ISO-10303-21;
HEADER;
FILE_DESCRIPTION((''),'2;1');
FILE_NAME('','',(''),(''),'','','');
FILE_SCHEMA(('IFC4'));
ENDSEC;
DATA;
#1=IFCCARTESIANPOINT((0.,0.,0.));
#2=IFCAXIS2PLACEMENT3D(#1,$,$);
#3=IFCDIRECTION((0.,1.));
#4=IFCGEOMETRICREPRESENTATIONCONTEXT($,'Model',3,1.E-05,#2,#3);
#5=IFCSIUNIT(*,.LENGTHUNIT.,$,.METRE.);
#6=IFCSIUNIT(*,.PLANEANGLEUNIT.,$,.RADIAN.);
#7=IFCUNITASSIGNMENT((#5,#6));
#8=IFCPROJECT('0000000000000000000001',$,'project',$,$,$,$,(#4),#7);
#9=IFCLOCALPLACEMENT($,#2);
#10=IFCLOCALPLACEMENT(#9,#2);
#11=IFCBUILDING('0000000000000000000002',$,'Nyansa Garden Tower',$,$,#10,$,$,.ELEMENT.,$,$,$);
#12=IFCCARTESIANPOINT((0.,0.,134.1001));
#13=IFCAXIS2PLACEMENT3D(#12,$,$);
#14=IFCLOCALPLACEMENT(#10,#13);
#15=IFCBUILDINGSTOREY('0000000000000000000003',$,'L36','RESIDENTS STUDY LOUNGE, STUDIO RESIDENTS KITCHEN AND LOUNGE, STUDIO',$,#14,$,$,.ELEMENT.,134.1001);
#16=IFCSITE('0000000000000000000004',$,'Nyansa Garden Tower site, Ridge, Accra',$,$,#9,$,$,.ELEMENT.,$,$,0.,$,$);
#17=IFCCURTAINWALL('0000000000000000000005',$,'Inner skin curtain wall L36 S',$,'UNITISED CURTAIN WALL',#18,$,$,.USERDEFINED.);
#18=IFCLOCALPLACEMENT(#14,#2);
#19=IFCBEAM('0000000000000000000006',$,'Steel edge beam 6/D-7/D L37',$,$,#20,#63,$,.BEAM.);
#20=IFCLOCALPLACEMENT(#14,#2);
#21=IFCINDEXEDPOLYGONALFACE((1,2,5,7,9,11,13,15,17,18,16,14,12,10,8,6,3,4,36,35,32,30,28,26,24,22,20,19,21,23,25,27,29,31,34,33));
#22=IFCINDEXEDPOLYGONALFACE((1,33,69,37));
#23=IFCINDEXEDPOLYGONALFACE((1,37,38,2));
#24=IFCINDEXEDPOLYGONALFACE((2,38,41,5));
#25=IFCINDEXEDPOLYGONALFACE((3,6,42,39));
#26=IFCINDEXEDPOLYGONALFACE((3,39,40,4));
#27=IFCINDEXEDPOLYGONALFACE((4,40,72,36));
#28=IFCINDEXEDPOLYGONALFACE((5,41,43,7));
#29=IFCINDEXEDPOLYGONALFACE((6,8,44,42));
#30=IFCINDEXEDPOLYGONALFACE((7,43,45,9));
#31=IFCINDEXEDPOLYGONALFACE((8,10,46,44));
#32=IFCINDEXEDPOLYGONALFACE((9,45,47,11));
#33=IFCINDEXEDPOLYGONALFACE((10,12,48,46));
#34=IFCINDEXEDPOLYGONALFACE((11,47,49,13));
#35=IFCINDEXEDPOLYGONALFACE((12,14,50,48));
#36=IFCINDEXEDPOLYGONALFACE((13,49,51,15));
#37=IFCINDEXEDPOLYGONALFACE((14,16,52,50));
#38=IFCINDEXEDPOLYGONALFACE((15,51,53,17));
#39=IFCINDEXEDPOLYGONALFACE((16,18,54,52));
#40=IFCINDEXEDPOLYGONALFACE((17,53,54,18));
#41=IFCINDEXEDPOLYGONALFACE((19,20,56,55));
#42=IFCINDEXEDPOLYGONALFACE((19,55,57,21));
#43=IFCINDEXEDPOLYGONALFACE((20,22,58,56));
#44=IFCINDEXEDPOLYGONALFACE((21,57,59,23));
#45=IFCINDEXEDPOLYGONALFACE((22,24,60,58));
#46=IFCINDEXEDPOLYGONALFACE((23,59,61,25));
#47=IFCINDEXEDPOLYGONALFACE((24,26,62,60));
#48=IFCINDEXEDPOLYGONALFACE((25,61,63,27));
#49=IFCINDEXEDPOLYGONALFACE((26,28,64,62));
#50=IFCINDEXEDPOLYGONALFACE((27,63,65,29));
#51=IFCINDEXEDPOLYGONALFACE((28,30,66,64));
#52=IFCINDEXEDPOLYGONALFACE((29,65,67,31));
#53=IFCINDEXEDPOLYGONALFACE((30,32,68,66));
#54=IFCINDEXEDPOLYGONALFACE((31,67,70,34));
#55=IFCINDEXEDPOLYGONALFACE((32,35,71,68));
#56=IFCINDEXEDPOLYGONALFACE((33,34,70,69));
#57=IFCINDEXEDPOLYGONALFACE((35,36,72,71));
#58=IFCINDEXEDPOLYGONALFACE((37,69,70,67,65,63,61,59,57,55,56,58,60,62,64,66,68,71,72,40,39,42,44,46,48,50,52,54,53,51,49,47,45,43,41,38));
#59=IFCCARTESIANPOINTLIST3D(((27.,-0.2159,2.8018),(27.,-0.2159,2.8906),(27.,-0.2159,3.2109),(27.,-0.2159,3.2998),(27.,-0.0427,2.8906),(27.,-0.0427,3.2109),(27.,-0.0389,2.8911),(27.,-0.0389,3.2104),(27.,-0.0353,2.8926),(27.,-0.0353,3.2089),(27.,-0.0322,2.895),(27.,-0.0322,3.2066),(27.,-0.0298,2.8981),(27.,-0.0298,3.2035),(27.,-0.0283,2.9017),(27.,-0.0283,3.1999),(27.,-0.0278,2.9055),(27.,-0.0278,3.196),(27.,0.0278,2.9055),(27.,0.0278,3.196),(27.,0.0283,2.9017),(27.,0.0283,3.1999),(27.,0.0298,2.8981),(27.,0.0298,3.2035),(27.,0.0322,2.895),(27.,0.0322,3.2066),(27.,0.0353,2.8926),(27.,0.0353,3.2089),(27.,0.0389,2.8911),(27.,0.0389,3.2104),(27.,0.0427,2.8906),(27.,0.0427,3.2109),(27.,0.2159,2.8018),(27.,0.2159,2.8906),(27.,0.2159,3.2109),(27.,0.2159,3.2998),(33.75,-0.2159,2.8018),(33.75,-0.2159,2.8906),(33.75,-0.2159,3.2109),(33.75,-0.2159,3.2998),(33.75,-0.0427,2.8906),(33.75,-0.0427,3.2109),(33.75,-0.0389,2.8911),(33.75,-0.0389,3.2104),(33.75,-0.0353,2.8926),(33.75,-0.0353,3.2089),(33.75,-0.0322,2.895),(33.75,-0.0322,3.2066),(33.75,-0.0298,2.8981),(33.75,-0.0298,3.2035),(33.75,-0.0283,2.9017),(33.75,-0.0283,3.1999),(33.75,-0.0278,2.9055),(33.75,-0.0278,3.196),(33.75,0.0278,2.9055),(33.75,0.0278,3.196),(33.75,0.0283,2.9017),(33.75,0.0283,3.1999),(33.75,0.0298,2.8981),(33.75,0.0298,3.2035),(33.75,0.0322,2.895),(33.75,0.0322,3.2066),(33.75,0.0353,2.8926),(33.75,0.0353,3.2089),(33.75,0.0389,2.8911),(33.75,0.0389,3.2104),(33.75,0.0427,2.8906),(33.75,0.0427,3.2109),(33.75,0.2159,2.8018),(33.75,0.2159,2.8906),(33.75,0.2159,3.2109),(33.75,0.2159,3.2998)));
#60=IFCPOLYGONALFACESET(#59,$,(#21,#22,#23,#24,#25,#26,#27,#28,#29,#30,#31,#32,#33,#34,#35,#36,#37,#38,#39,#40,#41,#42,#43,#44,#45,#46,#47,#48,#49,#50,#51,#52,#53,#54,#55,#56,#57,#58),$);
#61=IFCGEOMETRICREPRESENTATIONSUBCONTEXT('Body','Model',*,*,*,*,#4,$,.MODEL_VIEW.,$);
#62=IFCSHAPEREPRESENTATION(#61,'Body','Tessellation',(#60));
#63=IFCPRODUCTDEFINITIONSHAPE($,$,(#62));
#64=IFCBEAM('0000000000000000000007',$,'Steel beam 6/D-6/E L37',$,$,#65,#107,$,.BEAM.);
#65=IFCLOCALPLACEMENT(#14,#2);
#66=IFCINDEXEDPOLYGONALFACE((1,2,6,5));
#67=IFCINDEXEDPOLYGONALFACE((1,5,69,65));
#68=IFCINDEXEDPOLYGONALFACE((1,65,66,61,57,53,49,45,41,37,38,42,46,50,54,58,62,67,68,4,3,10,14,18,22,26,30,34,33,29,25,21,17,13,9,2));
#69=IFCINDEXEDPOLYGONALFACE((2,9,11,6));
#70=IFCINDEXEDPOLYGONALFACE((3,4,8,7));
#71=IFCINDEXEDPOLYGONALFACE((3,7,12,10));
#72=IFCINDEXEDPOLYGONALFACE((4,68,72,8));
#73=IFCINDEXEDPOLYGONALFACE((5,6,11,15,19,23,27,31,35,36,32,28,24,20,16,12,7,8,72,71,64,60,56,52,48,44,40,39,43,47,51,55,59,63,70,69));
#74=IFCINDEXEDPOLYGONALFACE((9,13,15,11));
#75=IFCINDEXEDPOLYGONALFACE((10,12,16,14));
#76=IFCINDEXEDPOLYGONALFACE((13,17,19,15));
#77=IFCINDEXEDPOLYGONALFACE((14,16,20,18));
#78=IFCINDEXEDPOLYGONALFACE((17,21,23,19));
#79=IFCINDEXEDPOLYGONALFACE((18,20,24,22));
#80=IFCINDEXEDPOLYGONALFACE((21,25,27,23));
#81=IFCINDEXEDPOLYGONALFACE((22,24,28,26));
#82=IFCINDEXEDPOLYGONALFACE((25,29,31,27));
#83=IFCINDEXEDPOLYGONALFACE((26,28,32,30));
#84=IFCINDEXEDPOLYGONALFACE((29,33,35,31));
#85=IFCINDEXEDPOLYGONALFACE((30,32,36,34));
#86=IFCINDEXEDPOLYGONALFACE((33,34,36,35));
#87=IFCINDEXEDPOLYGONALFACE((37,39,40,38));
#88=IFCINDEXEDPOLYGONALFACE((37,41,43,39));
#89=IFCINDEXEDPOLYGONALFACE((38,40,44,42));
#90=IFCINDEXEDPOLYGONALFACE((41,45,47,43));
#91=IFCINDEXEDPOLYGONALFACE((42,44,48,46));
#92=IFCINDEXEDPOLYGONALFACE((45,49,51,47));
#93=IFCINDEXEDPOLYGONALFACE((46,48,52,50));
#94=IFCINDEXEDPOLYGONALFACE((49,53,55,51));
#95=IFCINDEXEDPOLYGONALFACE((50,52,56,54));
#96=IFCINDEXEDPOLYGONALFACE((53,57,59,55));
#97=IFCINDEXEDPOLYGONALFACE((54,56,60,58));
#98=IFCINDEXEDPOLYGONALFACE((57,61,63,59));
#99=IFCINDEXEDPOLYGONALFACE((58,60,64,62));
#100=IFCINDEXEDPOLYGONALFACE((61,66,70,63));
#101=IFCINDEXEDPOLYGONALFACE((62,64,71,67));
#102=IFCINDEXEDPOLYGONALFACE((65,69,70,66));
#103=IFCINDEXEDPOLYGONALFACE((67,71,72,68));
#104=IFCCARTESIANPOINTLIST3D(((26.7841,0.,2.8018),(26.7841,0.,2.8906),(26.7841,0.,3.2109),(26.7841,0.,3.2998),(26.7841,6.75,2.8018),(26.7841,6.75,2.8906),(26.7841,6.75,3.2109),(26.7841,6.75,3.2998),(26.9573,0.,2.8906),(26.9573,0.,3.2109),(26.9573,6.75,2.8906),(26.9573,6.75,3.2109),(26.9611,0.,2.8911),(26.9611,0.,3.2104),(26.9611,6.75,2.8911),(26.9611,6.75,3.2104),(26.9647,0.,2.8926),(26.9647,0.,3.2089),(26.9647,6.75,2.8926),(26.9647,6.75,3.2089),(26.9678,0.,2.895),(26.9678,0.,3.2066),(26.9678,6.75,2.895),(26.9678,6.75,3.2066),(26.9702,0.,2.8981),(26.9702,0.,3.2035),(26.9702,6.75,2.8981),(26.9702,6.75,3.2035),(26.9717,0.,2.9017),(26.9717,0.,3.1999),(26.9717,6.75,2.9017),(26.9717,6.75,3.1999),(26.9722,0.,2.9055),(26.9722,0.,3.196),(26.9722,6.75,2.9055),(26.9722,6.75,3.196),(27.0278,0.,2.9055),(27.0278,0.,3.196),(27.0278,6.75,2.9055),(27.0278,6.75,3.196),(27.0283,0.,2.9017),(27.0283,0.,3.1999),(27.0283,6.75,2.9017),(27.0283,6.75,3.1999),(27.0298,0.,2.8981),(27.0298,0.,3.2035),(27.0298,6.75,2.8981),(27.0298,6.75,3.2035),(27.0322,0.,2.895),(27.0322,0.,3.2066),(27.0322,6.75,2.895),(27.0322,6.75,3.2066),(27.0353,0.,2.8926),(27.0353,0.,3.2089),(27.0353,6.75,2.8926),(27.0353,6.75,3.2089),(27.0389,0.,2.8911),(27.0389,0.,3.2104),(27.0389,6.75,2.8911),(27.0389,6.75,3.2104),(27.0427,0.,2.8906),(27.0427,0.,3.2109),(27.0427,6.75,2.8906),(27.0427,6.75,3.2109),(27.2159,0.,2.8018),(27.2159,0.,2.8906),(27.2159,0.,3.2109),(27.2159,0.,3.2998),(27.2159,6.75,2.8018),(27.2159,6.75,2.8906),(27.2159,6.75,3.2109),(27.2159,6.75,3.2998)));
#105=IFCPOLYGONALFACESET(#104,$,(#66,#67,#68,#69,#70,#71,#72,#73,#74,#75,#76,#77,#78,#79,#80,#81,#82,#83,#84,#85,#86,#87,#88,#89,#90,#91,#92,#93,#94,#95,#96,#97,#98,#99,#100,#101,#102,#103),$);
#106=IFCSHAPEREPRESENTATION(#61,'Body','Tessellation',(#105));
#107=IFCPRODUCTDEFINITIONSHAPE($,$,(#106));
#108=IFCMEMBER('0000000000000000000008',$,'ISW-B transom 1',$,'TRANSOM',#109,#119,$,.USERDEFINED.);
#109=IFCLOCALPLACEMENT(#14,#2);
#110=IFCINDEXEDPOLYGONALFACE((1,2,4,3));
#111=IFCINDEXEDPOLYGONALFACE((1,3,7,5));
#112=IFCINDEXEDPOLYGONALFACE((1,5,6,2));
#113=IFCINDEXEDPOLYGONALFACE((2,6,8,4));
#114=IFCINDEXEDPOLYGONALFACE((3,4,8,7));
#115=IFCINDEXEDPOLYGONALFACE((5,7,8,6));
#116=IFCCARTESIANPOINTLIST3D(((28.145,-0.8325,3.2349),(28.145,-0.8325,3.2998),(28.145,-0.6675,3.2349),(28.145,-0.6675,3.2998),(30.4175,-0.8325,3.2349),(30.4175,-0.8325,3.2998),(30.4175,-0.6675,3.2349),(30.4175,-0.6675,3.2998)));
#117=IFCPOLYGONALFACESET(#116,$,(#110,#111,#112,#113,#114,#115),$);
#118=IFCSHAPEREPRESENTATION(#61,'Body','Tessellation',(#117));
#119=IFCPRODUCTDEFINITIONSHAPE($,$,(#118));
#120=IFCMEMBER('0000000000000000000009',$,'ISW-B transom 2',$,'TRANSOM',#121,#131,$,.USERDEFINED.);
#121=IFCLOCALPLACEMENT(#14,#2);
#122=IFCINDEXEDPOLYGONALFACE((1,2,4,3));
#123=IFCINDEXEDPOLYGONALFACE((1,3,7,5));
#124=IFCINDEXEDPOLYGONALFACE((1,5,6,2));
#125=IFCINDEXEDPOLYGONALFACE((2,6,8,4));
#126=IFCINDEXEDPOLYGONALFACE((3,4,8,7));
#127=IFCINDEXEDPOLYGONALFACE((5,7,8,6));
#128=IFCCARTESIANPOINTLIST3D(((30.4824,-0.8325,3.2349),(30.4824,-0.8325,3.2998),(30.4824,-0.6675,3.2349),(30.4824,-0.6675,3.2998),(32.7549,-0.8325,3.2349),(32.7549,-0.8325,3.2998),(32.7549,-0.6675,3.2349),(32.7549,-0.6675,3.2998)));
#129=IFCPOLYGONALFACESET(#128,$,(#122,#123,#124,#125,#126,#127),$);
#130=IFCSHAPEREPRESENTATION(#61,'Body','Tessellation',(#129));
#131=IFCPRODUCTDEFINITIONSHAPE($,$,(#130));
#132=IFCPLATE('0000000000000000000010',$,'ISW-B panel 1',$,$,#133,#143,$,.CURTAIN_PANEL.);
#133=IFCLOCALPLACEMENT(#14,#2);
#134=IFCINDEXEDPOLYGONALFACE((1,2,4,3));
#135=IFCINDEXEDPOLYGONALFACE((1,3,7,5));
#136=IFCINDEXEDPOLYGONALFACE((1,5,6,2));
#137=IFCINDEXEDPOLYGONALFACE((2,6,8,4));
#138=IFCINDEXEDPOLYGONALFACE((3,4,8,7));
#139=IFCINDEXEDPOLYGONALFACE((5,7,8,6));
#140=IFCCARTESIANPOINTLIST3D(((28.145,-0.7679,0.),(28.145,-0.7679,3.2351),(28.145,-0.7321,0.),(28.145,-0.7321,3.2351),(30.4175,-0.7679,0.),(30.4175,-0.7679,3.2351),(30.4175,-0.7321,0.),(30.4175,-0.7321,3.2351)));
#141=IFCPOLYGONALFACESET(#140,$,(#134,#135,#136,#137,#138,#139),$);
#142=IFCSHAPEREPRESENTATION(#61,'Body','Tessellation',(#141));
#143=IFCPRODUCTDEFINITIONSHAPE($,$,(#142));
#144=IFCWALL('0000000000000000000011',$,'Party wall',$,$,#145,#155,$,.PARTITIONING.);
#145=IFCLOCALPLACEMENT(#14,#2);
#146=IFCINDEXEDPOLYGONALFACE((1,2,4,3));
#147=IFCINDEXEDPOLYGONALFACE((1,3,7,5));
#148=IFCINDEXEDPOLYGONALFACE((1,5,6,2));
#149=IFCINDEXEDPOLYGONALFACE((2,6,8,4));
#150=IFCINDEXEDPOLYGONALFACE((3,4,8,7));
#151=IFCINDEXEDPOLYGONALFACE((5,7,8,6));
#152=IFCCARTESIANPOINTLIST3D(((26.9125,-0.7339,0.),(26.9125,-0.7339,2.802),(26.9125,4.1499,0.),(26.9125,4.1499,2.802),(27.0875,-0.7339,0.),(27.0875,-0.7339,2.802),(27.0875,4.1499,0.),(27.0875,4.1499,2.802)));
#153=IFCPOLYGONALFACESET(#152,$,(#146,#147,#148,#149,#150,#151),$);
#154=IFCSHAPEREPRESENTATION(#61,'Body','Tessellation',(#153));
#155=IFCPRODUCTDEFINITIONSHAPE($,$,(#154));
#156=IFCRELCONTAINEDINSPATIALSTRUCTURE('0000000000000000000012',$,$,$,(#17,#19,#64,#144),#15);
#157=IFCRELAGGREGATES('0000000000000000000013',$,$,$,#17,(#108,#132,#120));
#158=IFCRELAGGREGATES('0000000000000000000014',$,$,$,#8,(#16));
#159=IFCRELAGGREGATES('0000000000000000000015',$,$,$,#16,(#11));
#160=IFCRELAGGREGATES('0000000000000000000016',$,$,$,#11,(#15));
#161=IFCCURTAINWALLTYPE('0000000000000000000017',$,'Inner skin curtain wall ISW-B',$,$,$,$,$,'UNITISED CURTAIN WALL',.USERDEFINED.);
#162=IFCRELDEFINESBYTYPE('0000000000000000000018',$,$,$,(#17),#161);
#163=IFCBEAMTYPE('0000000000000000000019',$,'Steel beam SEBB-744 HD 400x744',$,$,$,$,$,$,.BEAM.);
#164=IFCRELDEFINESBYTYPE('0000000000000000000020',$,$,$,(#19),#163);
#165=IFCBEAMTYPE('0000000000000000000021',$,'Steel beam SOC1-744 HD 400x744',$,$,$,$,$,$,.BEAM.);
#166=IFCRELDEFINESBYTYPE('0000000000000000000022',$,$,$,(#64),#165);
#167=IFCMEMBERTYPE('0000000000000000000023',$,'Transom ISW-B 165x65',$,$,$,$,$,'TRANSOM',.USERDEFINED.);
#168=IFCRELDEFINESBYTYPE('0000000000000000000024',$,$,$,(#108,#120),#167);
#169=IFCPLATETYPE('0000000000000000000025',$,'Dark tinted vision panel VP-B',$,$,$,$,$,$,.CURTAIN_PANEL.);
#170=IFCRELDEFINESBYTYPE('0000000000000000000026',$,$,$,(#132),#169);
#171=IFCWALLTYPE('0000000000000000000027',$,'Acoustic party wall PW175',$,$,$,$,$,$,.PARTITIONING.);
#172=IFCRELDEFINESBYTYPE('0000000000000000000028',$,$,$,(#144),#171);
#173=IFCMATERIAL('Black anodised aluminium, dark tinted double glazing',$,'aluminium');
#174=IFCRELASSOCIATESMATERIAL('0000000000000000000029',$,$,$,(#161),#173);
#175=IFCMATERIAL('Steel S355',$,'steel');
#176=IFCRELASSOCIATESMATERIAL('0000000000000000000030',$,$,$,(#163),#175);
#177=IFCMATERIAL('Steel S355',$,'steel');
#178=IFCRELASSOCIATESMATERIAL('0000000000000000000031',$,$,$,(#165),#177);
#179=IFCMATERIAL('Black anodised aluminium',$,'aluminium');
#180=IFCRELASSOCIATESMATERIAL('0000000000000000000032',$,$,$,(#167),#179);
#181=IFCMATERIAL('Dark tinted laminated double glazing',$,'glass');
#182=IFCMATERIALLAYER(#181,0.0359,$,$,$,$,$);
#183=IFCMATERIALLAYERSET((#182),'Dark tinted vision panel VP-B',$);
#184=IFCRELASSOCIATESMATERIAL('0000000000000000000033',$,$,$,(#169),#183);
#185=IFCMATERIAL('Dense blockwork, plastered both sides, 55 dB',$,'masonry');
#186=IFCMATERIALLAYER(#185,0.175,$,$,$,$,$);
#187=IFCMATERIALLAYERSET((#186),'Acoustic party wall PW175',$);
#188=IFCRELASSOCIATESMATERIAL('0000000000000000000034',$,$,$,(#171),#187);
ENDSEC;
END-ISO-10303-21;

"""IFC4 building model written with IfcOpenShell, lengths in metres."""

from ifc_helpers import new_model, si_unit, direction, frame, frame_2d, origin, origin_2d, place, context, subcontext, project, spatial, rectangle, i_section, extrude, material, layer, layer_set, material_profile, profile_set, type_object, element, aggregate, save


model = new_model("IFC4")

# Units and contexts
model_context = context("Model", 3, precision=1e-05, world=origin(), true_north=direction((0.0, 1.0)))
body_context = subcontext(model_context, "Body", "Model", "MODEL_VIEW")
ifc_project = project(units=[si_unit("LENGTHUNIT", "METRE"), si_unit("PLANEANGLEUNIT", "RADIAN")], contexts=[model_context])

# Site, building, storey
site_placement = place(None, origin())
site = spatial("IfcSite", under=ifc_project, at=site_placement, Name="Nyansa Garden Tower site, Ridge, Accra", CompositionType="ELEMENT", RefElevation=0.0)
building_placement = place(site_placement, origin())
building = spatial("IfcBuilding", under=site, at=building_placement, Name="Nyansa Garden Tower", CompositionType="ELEMENT")
storey_placement = place(building_placement, frame((0.0, 0.0, 134.1001)))
storey = spatial("IfcBuildingStorey", under=building, at=storey_placement, Name="L36", Description="RESIDENTS STUDY LOUNGE, STUDIO RESIDENTS KITCHEN AND LOUNGE, STUDIO", CompositionType="ELEMENT", Elevation=134.1001)

# Shared definitions
ifc_material_1 = material(Name="Black anodised aluminium, dark tinted double glazing", Category="aluminium")
curtain_wall_type = type_object("IfcCurtainWallType", Name="Inner skin curtain wall ISW-B", ElementType="UNITISED CURTAIN WALL", PredefinedType="USERDEFINED", material=ifc_material_1)

# Curtain wall
curtain_wall_1_placement = place(storey_placement, origin())
curtain_wall_1 = element("IfcCurtainWall", 1, at=curtain_wall_1_placement, inside=storey, type_object=curtain_wall_type, Name="Inner skin curtain wall L36 S", ObjectType="UNITISED CURTAIN WALL", PredefinedType="USERDEFINED")

# Beams
ifc_material_2 = material(Name="Steel S355", Category="steel")
ifc_material_profile_1 = material_profile(ifc_material_2, i_section(OverallWidth=0.4319, OverallDepth=0.498, WebThickness=0.0557, FlangeThickness=0.0889, FilletRadius=0.0149, at=origin_2d()), Name="HD 400x744")
ifc_profile_set_1 = profile_set([ifc_material_profile_1], Name="Steel S355")
beam_type_1 = type_object("IfcBeamType", Name="Steel beam SEBB-744 HD 400x744", PredefinedType="BEAM", material=ifc_profile_set_1)
for number, where, z_axis, x_axis, name in (
    (2, (27.0, 0.0, 3.0508), (1.0, 0.0, 0.0), (0.0, 1.0, 0.0), "Steel edge beam 6/D-7/D L37"),
):
    element("IfcBeam", number, at=place(storey_placement, frame(where, z_axis=z_axis, x_axis=x_axis)), inside=storey, type_object=beam_type_1, Name=name, PredefinedType="BEAM", context=body_context, shape_type="SweptSolid", body=[
        extrude(i_section(OverallWidth=0.4319, OverallDepth=0.498, WebThickness=0.0557, FlangeThickness=0.0889, FilletRadius=0.0149, at=origin_2d()), origin(), (0.0, 0.0, 1.0), 6.75),
    ])
ifc_material_3 = material(Name="Steel S355", Category="steel")
ifc_material_profile_2 = material_profile(ifc_material_3, i_section(OverallWidth=0.4319, OverallDepth=0.498, WebThickness=0.0557, FlangeThickness=0.0889, FilletRadius=0.0149, at=origin_2d()), Name="HD 400x744")
ifc_profile_set_2 = profile_set([ifc_material_profile_2], Name="Steel S355")
beam_type_2 = type_object("IfcBeamType", Name="Steel beam SOC1-744 HD 400x744", PredefinedType="BEAM", material=ifc_profile_set_2)
beam_1_placement = place(storey_placement, frame((27.0, 0.0, 3.0508), z_axis=(0.0, 1.0, 0.0), x_axis=(-1.0, 0.0, 0.0)))
element("IfcBeam", 3, at=beam_1_placement, inside=storey, type_object=beam_type_2, Name="Steel beam 6/D-6/E L37", PredefinedType="BEAM", context=body_context, shape_type="SweptSolid", body=[
    extrude(i_section(OverallWidth=0.4319, OverallDepth=0.498, WebThickness=0.0557, FlangeThickness=0.0889, FilletRadius=0.0149, at=origin_2d()), origin(), (0.0, 0.0, 1.0), 6.75),
])

# Members
ifc_material_4 = material(Name="Black anodised aluminium", Category="aluminium")
ifc_material_profile_3 = material_profile(ifc_material_4, rectangle(XDim=0.165, YDim=0.0649, at=origin_2d()), Name="Transom 165x65")
ifc_profile_set_3 = profile_set([ifc_material_profile_3], Name="Black anodised aluminium")
member_type_1 = type_object("IfcMemberType", Name="Transom ISW-B 165x65", ElementType="TRANSOM", PredefinedType="USERDEFINED", material=ifc_profile_set_3)
member_1_placement = place(storey_placement, frame((28.145, -0.75, 3.2673), z_axis=(1.0, 0.0, 0.0), x_axis=(0.0, 1.0, 0.0)))
member_1 = element("IfcMember", 4, at=member_1_placement, type_object=member_type_1, Name="ISW-B transom 1", ObjectType="TRANSOM", PredefinedType="USERDEFINED", context=body_context, shape_type="SweptSolid", body=[
    extrude(rectangle(XDim=0.165, YDim=0.0649, at=origin_2d()), origin(), (0.0, 0.0, 1.0), 2.2725),
])
member_2_placement = place(storey_placement, frame((30.4824, -0.75, 3.2673), z_axis=(1.0, 0.0, 0.0), x_axis=(0.0, 1.0, 0.0)))
member_2 = element("IfcMember", 5, at=member_2_placement, type_object=member_type_1, Name="ISW-B transom 2", ObjectType="TRANSOM", PredefinedType="USERDEFINED", context=body_context, shape_type="SweptSolid", body=[
    extrude(rectangle(XDim=0.165, YDim=0.0649, at=origin_2d()), origin(), (0.0, 0.0, 1.0), 2.2725),
])

# Plate
ifc_material_5 = material(Name="Dark tinted laminated double glazing", Category="glass")
ifc_layer_1 = layer(ifc_material_5, 0.0359)
ifc_layer_set_1 = layer_set([ifc_layer_1], Name="Dark tinted vision panel VP-B")
plate_type = type_object("IfcPlateType", Name="Dark tinted vision panel VP-B", PredefinedType="CURTAIN_PANEL", material=ifc_layer_set_1)
plate_placement = place(storey_placement, frame((29.2812, -0.75, 0.0), z_axis=(0.0, 0.0, 1.0), x_axis=(1.0, 0.0, 0.0)))
plate = element("IfcPlate", 6, at=plate_placement, type_object=plate_type, Name="ISW-B panel 1", PredefinedType="CURTAIN_PANEL", context=body_context, shape_type="SweptSolid", body=[
    extrude(rectangle(XDim=2.2725, YDim=0.0359, at=origin_2d()), origin(), (0.0, 0.0, 1.0), 3.2351),
])
aggregate(curtain_wall_1, [member_1, plate, member_2])

# Wall
ifc_material_6 = material(Name="Dense blockwork, plastered both sides, 55 dB", Category="masonry")
ifc_layer_2 = layer(ifc_material_6, 0.175)
ifc_layer_set_2 = layer_set([ifc_layer_2], Name="Acoustic party wall PW175")
wall_type_1 = type_object("IfcWallType", Name="Acoustic party wall PW175", PredefinedType="PARTITIONING", material=ifc_layer_set_2)
wall_1_placement = place(storey_placement, frame((27.0, -0.7339, 0.0), z_axis=(0.0, 0.0, 1.0), x_axis=(0.0, 1.0, 0.0)))
element("IfcWall", 7, at=wall_1_placement, inside=storey, type_object=wall_type_1, Name="Party wall", PredefinedType="PARTITIONING", context=body_context, shape_type="SweptSolid", body=[
    extrude(rectangle(XDim=4.8838, YDim=0.175, at=frame_2d((2.4419, 0.0))), origin(), (0.0, 0.0, 1.0), 2.802),
])

save(model, "model.ifc")
